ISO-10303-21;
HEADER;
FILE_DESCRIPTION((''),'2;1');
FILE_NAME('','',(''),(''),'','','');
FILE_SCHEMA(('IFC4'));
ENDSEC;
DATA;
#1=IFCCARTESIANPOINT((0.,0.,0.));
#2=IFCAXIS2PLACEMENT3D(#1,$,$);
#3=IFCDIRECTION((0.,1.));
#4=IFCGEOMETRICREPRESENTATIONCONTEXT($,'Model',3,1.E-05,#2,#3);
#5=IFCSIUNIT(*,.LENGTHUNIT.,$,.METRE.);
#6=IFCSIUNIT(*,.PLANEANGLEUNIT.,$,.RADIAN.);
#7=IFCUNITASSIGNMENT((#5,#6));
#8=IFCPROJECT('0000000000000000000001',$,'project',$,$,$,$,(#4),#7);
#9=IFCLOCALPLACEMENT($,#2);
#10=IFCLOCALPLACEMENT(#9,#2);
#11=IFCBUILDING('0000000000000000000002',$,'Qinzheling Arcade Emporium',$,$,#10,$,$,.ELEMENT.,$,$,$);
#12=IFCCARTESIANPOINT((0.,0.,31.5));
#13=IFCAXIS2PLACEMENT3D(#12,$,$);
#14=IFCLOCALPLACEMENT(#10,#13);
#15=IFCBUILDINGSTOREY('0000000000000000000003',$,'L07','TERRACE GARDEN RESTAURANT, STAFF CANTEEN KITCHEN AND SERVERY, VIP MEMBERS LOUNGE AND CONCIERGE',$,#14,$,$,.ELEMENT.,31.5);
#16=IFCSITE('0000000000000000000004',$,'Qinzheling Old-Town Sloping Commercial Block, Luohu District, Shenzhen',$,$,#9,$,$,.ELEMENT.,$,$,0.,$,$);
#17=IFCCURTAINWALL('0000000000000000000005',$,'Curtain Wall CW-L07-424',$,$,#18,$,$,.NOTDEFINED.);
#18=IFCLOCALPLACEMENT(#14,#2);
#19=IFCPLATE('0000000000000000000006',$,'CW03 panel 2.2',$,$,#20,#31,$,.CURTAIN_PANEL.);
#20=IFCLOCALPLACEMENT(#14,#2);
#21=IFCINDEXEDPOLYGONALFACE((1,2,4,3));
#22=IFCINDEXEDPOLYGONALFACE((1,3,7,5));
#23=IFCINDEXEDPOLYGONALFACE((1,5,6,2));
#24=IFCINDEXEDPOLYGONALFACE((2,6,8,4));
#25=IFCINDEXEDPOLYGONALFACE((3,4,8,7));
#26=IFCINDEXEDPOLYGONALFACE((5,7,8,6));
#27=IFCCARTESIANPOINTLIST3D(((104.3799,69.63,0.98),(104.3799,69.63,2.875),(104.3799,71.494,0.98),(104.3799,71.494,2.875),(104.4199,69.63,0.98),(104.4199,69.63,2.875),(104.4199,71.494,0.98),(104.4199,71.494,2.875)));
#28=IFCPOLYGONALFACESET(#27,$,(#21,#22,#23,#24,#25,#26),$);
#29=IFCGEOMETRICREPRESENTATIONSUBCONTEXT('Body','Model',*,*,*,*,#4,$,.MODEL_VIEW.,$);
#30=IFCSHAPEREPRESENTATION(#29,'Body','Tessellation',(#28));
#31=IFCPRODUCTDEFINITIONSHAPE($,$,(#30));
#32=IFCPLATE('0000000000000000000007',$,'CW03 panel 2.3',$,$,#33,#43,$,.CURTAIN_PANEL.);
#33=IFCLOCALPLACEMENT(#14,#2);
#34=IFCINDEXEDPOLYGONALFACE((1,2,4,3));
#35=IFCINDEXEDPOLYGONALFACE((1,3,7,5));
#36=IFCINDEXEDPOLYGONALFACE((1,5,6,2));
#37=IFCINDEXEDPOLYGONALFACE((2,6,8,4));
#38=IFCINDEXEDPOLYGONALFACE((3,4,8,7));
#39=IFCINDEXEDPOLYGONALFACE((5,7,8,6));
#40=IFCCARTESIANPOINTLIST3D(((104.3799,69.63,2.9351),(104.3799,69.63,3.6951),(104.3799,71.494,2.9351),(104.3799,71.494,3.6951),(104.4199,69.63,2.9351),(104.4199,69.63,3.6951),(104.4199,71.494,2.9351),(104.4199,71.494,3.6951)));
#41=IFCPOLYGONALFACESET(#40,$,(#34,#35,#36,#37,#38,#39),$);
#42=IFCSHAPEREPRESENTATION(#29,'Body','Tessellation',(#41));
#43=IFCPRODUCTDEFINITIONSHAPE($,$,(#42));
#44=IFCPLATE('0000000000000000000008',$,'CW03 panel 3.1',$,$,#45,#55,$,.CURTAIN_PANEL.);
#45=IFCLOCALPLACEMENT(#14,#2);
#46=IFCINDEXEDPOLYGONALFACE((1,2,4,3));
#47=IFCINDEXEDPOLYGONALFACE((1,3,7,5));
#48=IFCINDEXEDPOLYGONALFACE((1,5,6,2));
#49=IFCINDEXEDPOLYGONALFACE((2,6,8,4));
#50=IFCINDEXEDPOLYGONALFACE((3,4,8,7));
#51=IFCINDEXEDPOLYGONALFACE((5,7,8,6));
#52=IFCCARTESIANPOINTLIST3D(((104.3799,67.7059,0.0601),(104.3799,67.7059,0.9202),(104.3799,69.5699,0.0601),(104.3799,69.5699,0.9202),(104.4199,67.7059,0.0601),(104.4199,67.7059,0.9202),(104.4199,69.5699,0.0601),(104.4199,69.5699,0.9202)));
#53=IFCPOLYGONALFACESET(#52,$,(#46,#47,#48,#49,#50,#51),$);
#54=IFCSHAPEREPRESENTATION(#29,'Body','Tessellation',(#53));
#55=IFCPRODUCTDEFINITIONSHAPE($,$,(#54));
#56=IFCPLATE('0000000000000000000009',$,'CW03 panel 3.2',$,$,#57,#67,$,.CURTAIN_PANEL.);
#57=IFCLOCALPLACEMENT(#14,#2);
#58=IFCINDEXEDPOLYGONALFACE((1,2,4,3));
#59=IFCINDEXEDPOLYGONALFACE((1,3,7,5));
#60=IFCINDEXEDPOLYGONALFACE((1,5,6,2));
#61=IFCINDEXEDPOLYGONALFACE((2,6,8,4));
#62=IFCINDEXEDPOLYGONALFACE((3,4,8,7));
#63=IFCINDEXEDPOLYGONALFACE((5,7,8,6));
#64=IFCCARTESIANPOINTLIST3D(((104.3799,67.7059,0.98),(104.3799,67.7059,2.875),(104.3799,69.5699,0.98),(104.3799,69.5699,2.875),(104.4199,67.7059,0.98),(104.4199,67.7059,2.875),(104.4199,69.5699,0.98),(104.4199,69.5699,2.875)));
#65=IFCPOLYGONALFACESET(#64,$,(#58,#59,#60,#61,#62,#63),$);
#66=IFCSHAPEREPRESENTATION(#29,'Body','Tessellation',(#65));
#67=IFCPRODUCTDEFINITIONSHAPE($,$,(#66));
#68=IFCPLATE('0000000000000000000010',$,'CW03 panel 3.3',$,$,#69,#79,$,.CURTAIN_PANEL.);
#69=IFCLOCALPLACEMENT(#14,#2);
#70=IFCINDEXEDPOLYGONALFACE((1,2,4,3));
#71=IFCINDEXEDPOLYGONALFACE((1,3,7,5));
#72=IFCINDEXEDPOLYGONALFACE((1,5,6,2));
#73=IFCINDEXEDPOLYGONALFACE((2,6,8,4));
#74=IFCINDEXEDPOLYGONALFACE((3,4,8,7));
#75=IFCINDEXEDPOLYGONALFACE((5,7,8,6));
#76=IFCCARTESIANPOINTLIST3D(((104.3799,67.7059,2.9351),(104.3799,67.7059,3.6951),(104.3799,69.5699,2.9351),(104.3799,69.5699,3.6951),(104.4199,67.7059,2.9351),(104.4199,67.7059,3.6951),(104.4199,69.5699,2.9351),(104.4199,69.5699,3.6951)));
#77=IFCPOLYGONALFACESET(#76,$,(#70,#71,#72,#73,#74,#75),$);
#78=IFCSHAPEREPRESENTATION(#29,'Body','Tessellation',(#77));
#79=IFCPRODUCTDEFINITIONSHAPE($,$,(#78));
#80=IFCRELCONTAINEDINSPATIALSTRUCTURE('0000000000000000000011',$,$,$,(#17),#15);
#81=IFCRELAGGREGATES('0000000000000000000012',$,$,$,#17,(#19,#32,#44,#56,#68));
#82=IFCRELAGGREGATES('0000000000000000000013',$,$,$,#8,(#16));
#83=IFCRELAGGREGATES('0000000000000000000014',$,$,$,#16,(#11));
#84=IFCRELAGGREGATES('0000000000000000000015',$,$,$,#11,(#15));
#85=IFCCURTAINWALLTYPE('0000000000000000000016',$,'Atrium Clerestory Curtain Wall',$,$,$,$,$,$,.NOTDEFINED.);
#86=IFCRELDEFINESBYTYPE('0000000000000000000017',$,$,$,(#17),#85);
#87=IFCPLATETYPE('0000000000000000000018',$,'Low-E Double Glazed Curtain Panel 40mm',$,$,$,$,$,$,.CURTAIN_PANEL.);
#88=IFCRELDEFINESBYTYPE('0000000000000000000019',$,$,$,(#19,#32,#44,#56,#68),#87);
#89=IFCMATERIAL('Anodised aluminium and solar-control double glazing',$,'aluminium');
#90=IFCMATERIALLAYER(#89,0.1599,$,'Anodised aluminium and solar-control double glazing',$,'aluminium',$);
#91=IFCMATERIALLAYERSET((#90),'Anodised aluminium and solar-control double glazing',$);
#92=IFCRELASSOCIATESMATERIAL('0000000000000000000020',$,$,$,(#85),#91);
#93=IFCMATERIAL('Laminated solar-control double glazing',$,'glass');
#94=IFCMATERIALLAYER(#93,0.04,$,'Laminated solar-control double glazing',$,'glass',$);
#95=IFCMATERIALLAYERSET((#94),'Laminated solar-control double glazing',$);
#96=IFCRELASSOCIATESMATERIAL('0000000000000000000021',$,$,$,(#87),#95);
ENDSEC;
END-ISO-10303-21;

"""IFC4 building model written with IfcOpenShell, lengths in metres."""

from ifc_helpers import new_model, si_unit, direction, frame, origin, origin_2d, place, context, subcontext, project, spatial, rectangle, extrude, material, layer, layer_set, type_object, element, aggregate, save


model = new_model("IFC4")

# Units and contexts
model_context = context("Model", 3, precision=1e-05, world=origin(), true_north=direction((0.0, 1.0)))
body_context = subcontext(model_context, "Body", "Model", "MODEL_VIEW")
ifc_project = project(units=[si_unit("LENGTHUNIT", "METRE"), si_unit("PLANEANGLEUNIT", "RADIAN")], contexts=[model_context])

# Site, building, storey
site_placement = place(None, origin())
site = spatial("IfcSite", under=ifc_project, at=site_placement, Name="Qinzheling Old-Town Sloping Commercial Block, Luohu District, Shenzhen", CompositionType="ELEMENT", RefElevation=0.0)
building_placement = place(site_placement, origin())
building = spatial("IfcBuilding", under=site, at=building_placement, Name="Qinzheling Arcade Emporium", CompositionType="ELEMENT")
storey_placement = place(building_placement, frame((0.0, 0.0, 31.5)))
storey = spatial("IfcBuildingStorey", under=building, at=storey_placement, Name="L07", Description="TERRACE GARDEN RESTAURANT, STAFF CANTEEN KITCHEN AND SERVERY, VIP MEMBERS LOUNGE AND CONCIERGE", CompositionType="ELEMENT", Elevation=31.5)

# Curtain wall, plates
ifc_material_1 = material(Name="Anodised aluminium and solar-control double glazing", Category="aluminium")
ifc_layer_1 = layer(ifc_material_1, 0.1599, Name="Anodised aluminium and solar-control double glazing", Category="aluminium")
ifc_layer_set_1 = layer_set([ifc_layer_1], Name="Anodised aluminium and solar-control double glazing")
curtain_wall_type = type_object("IfcCurtainWallType", Name="Atrium Clerestory Curtain Wall", PredefinedType="NOTDEFINED", material=ifc_layer_set_1)
curtain_wall_placement = place(storey_placement, origin())
curtain_wall = element("IfcCurtainWall", 1, at=curtain_wall_placement, inside=storey, type_object=curtain_wall_type, Name="Curtain Wall CW-L07-424", PredefinedType="NOTDEFINED")
ifc_material_2 = material(Name="Laminated solar-control double glazing", Category="glass")
ifc_layer_2 = layer(ifc_material_2, 0.04, Name="Laminated solar-control double glazing", Category="glass")
ifc_layer_set_2 = layer_set([ifc_layer_2], Name="Laminated solar-control double glazing")
plate_type = type_object("IfcPlateType", Name="Low-E Double Glazed Curtain Panel 40mm", PredefinedType="CURTAIN_PANEL", material=ifc_layer_set_2)
plate_1_placement = place(storey_placement, frame((104.3999, 70.562, 0.98), z_axis=(0.0, 0.0, 1.0), x_axis=(0.0, -1.0, 0.0)))
plate_1 = element("IfcPlate", 2, at=plate_1_placement, type_object=plate_type, Name="CW03 panel 2.2", PredefinedType="CURTAIN_PANEL", context=body_context, shape_type="SweptSolid", body=[
    extrude(rectangle(XDim=1.864, YDim=0.04, at=origin_2d()), origin(), (0.0, 0.0, 1.0), 1.895),
])
plate_2_placement = place(storey_placement, frame((104.3999, 70.562, 2.9351), z_axis=(0.0, 0.0, 1.0), x_axis=(0.0, -1.0, 0.0)))
plate_2 = element("IfcPlate", 3, at=plate_2_placement, type_object=plate_type, Name="CW03 panel 2.3", PredefinedType="CURTAIN_PANEL", context=body_context, shape_type="SweptSolid", body=[
    extrude(rectangle(XDim=1.864, YDim=0.04, at=origin_2d()), origin(), (0.0, 0.0, 1.0), 0.76),
])
plate_3_placement = place(storey_placement, frame((104.3999, 68.6379, 0.0601), z_axis=(0.0, 0.0, 1.0), x_axis=(0.0, -1.0, 0.0)))
plate_3 = element("IfcPlate", 4, at=plate_3_placement, type_object=plate_type, Name="CW03 panel 3.1", PredefinedType="CURTAIN_PANEL", context=body_context, shape_type="SweptSolid", body=[
    extrude(rectangle(XDim=1.864, YDim=0.04, at=origin_2d()), origin(), (0.0, 0.0, 1.0), 0.8601),
])
plate_4_placement = place(storey_placement, frame((104.3999, 68.6379, 0.98), z_axis=(0.0, 0.0, 1.0), x_axis=(0.0, -1.0, 0.0)))
plate_4 = element("IfcPlate", 5, at=plate_4_placement, type_object=plate_type, Name="CW03 panel 3.2", PredefinedType="CURTAIN_PANEL", context=body_context, shape_type="SweptSolid", body=[
    extrude(rectangle(XDim=1.864, YDim=0.04, at=origin_2d()), origin(), (0.0, 0.0, 1.0), 1.895),
])
plate_5_placement = place(storey_placement, frame((104.3999, 68.6379, 2.9351), z_axis=(0.0, 0.0, 1.0), x_axis=(0.0, -1.0, 0.0)))
plate_5 = element("IfcPlate", 6, at=plate_5_placement, type_object=plate_type, Name="CW03 panel 3.3", PredefinedType="CURTAIN_PANEL", context=body_context, shape_type="SweptSolid", body=[
    extrude(rectangle(XDim=1.864, YDim=0.04, at=origin_2d()), origin(), (0.0, 0.0, 1.0), 0.76),
])
aggregate(curtain_wall, [plate_1, plate_2, plate_3, plate_4, plate_5])

save(model, "model.ifc")
